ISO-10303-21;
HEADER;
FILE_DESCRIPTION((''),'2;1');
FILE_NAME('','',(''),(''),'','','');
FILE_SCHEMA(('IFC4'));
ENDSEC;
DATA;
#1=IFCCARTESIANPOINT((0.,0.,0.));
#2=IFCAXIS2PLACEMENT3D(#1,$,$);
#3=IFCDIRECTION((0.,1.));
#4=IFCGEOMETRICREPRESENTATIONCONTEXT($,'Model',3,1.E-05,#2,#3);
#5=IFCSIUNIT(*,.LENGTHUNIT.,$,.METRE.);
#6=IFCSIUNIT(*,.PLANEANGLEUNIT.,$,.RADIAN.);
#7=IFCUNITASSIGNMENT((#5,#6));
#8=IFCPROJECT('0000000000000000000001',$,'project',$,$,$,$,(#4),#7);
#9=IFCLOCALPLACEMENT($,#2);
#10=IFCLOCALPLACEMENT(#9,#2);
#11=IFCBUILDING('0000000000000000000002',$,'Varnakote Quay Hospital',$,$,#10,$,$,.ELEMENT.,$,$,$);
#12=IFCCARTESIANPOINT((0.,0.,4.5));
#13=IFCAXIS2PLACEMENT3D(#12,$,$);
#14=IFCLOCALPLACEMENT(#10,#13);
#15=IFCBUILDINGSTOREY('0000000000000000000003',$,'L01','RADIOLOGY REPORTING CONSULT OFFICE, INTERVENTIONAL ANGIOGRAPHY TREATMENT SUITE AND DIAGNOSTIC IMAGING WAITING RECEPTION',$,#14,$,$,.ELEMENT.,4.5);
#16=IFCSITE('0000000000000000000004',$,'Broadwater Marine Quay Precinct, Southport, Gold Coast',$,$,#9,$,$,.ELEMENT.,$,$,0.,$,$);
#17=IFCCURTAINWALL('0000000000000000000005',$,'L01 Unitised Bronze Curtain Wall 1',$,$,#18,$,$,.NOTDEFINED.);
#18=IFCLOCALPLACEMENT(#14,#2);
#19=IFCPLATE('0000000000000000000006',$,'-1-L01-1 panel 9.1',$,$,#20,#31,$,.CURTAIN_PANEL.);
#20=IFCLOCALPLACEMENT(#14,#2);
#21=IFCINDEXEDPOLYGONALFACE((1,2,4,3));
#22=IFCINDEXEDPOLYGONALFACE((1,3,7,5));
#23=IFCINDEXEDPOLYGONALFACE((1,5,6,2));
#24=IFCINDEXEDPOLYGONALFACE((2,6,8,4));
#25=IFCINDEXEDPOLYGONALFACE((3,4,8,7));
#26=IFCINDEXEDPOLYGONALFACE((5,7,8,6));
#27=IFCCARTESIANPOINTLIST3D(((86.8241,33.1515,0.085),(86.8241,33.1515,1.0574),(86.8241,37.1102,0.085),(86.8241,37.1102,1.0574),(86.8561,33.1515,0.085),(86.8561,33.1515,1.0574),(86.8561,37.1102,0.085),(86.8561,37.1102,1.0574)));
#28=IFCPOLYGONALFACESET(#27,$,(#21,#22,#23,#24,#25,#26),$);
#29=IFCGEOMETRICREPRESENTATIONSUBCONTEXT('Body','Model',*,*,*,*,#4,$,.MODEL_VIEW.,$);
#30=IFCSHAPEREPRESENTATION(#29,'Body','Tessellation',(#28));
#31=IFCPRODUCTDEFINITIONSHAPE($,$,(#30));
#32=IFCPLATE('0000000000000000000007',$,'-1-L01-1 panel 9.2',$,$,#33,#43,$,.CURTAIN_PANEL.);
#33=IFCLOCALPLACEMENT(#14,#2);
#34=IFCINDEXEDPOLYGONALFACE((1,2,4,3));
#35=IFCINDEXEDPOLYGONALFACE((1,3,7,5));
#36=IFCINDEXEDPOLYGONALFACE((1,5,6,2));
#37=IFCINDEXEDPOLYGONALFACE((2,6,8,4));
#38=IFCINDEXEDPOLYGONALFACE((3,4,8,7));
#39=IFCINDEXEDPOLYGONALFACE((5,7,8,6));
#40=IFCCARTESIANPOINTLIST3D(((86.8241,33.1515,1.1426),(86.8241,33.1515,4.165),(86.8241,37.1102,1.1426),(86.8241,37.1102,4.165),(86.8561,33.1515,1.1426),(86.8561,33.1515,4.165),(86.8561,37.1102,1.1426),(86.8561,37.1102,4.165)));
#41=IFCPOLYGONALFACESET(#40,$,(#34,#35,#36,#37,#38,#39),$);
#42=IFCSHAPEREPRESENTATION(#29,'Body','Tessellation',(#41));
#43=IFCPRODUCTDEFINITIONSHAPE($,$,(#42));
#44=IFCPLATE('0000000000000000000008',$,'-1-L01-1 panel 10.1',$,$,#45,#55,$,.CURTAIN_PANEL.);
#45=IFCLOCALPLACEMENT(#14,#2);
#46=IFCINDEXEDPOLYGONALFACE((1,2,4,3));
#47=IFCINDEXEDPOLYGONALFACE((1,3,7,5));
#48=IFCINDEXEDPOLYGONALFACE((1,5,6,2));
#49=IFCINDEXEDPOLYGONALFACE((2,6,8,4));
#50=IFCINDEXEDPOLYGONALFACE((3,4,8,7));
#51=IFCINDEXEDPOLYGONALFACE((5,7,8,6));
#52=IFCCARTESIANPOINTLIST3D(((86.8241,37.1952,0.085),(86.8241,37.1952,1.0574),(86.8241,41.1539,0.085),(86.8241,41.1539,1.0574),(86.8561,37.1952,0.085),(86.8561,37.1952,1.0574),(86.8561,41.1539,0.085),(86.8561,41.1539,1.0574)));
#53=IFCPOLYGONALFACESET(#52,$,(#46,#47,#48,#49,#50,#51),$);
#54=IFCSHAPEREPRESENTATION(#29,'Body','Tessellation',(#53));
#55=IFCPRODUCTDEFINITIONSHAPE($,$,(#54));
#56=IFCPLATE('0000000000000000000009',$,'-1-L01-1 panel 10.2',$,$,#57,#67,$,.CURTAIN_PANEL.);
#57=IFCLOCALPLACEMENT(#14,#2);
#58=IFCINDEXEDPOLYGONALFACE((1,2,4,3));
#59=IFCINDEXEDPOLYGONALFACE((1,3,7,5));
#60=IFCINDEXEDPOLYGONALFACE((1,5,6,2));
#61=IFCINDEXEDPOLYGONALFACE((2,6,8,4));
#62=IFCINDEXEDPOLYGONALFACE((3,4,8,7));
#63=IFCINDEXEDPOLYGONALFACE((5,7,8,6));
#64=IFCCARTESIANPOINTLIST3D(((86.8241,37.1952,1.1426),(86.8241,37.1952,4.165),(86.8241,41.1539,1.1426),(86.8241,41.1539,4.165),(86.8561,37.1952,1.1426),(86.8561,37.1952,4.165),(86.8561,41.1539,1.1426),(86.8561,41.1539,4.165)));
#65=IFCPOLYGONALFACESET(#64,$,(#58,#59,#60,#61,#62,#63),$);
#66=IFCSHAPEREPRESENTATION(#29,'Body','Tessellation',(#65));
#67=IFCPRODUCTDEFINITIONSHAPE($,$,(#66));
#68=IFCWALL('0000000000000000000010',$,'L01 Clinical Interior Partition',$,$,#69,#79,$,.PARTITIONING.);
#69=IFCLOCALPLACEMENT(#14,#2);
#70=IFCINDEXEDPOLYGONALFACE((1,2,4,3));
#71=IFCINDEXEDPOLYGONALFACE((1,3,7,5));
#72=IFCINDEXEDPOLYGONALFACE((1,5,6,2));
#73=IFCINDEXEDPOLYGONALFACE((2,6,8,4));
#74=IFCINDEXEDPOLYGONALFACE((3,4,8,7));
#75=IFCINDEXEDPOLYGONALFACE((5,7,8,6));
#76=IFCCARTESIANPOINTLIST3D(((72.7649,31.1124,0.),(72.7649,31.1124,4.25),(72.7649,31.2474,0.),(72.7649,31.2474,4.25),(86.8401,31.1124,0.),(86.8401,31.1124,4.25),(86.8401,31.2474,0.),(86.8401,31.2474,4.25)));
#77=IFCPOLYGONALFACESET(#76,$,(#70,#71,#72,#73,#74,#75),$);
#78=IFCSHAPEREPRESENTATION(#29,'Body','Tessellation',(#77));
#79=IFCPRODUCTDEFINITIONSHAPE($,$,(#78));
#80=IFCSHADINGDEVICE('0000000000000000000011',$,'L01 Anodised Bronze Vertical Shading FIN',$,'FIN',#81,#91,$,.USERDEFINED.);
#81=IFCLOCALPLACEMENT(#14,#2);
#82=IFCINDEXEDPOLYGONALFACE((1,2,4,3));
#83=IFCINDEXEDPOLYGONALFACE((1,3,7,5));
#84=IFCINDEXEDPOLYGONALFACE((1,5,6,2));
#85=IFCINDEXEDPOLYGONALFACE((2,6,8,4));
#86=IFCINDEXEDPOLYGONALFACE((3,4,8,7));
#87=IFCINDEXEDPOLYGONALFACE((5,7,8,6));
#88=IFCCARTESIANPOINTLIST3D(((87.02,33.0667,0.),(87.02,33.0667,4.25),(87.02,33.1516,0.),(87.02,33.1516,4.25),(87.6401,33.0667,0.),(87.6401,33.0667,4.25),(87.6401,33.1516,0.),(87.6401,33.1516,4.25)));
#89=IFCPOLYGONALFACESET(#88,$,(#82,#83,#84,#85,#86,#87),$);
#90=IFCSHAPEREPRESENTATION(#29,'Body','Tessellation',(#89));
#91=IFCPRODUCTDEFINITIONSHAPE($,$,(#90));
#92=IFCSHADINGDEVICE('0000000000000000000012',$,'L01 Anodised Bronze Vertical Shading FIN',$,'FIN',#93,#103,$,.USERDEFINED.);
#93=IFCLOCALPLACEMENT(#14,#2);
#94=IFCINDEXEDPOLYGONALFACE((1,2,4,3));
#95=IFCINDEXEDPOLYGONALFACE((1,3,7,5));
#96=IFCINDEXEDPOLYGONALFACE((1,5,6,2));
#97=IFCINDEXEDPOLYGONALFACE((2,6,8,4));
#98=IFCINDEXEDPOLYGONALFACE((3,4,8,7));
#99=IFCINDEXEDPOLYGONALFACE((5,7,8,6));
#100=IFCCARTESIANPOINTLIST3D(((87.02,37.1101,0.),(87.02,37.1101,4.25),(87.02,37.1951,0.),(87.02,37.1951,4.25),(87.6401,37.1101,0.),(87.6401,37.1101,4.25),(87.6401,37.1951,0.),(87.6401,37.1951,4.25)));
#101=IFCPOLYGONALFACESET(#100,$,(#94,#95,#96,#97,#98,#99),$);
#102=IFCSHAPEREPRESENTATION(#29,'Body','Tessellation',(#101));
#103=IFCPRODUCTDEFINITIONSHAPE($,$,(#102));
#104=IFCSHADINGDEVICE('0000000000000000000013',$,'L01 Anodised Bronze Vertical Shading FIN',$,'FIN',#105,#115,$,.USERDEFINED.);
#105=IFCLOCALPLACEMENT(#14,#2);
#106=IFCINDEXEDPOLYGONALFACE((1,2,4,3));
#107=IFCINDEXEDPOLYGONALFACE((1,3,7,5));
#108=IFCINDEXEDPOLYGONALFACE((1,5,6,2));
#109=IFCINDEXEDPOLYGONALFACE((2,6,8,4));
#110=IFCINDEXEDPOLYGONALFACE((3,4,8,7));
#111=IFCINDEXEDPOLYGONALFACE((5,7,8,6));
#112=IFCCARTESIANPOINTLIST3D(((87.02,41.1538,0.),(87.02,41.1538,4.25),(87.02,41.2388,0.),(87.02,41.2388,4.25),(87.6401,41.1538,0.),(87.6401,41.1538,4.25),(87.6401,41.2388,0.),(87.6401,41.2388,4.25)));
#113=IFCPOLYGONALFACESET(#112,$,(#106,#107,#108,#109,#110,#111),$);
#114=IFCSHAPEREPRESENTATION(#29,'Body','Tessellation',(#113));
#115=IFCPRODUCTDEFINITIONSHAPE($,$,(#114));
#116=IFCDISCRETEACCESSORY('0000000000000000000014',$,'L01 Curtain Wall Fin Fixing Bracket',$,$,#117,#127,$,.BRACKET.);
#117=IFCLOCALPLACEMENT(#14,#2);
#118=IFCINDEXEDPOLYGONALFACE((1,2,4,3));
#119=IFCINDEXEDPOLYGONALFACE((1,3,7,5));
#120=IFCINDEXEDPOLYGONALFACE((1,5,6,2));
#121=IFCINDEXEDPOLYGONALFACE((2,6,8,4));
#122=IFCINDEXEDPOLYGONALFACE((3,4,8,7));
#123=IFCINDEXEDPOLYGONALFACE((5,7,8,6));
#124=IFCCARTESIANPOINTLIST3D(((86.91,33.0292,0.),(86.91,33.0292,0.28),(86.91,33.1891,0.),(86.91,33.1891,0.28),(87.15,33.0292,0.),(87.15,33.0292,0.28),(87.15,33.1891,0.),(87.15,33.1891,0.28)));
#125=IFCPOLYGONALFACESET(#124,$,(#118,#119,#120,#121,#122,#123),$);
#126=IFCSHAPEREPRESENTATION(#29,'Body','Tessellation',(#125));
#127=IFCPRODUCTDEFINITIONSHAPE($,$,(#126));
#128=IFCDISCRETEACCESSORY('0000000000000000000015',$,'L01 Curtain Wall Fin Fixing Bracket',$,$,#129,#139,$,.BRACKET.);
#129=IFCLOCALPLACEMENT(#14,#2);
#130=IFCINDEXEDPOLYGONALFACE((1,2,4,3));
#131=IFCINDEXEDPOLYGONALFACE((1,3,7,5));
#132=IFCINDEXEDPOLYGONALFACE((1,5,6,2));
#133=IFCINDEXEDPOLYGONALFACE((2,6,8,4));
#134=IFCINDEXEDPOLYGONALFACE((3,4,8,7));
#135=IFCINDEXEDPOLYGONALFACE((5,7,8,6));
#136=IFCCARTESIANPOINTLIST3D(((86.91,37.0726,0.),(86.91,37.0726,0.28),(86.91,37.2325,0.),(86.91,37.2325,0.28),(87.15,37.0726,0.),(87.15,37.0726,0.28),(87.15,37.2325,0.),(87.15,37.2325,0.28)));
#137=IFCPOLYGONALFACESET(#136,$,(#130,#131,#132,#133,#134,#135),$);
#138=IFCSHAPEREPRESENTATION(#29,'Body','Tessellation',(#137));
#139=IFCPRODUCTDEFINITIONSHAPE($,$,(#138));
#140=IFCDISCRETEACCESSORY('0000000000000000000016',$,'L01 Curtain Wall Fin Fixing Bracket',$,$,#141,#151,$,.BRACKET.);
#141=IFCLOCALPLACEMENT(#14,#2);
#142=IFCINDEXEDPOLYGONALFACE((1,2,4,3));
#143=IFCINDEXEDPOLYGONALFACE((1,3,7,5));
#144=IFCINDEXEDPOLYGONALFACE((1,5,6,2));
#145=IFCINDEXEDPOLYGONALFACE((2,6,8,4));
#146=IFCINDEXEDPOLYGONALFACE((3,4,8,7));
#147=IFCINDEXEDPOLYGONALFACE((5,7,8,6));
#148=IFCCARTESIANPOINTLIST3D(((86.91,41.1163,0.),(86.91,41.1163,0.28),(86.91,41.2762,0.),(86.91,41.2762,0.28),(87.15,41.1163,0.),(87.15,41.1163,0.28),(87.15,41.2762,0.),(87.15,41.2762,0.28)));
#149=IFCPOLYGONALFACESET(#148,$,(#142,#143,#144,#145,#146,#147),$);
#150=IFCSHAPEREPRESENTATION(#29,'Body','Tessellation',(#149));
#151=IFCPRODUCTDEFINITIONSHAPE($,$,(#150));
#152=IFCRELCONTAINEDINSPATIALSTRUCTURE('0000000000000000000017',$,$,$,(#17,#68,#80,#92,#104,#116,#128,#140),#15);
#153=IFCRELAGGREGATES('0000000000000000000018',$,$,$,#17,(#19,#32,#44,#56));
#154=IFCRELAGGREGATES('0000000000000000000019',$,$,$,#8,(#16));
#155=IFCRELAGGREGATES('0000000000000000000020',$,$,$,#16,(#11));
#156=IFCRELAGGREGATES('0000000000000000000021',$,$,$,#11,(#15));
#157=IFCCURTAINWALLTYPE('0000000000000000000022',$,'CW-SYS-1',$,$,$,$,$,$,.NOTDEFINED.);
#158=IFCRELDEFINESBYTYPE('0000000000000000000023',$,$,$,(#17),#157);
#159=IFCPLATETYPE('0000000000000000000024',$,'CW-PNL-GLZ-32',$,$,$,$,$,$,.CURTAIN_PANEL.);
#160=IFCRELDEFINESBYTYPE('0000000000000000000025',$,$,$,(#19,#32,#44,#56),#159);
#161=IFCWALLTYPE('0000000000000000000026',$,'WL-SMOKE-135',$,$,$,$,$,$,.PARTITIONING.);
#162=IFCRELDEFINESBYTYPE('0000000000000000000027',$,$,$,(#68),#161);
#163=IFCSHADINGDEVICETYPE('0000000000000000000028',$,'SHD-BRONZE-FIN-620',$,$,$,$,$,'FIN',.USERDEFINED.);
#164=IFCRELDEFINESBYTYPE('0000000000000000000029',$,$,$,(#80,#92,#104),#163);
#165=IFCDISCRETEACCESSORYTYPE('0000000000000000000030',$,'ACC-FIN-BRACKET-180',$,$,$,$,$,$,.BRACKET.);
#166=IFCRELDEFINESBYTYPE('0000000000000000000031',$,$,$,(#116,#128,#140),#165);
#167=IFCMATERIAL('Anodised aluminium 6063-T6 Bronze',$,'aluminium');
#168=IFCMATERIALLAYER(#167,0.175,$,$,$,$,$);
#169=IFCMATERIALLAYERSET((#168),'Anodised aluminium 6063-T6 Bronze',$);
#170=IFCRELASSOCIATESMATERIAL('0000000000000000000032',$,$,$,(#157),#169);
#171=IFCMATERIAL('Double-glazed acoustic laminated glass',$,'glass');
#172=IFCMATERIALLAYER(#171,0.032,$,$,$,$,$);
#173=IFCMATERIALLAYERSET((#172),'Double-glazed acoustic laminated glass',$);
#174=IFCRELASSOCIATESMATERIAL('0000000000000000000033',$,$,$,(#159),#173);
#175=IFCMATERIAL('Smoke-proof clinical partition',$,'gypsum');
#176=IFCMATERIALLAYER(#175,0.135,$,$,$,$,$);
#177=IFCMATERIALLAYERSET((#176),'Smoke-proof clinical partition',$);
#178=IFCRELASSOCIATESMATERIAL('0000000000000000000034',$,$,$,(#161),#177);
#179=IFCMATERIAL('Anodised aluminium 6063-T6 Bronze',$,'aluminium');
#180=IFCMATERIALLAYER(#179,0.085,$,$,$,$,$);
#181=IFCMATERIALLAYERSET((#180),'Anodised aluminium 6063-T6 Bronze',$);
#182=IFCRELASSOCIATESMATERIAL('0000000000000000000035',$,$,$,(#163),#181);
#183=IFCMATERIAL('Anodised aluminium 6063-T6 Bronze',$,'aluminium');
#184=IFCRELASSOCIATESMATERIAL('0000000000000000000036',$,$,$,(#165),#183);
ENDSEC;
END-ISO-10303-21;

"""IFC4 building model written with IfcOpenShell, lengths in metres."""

from ifc_helpers import new_model, si_unit, direction, frame, frame_2d, origin, origin_2d, place, context, subcontext, project, spatial, rectangle, extrude, material, layer, layer_set, type_object, element, aggregate, save


model = new_model("IFC4")

# Units and contexts
model_context = context("Model", 3, precision=1e-05, world=origin(), true_north=direction((0.0, 1.0)))
body_context = subcontext(model_context, "Body", "Model", "MODEL_VIEW")
ifc_project = project(units=[si_unit("LENGTHUNIT", "METRE"), si_unit("PLANEANGLEUNIT", "RADIAN")], contexts=[model_context])

# Site, building, storey
site_placement = place(None, origin())
site = spatial("IfcSite", under=ifc_project, at=site_placement, Name="Broadwater Marine Quay Precinct, Southport, Gold Coast", CompositionType="ELEMENT", RefElevation=0.0)
building_placement = place(site_placement, origin())
building = spatial("IfcBuilding", under=site, at=building_placement, Name="Varnakote Quay Hospital", CompositionType="ELEMENT")
storey_placement = place(building_placement, frame((0.0, 0.0, 4.5)))
storey = spatial("IfcBuildingStorey", under=building, at=storey_placement, Name="L01", Description="RADIOLOGY REPORTING CONSULT OFFICE, INTERVENTIONAL ANGIOGRAPHY TREATMENT SUITE AND DIAGNOSTIC IMAGING WAITING RECEPTION", CompositionType="ELEMENT", Elevation=4.5)

# Curtain wall
ifc_material_1 = material(Name="Anodised aluminium 6063-T6 Bronze", Category="aluminium")
ifc_layer_1 = layer(ifc_material_1, 0.175)
ifc_layer_set_1 = layer_set([ifc_layer_1], Name="Anodised aluminium 6063-T6 Bronze")
curtain_wall_type = type_object("IfcCurtainWallType", Name="CW-SYS-1", PredefinedType="NOTDEFINED", material=ifc_layer_set_1)
curtain_wall_placement = place(storey_placement, origin())
curtain_wall = element("IfcCurtainWall", 1, at=curtain_wall_placement, inside=storey, type_object=curtain_wall_type, Name="L01 Unitised Bronze Curtain Wall 1", PredefinedType="NOTDEFINED")

# Plates
ifc_material_2 = material(Name="Double-glazed acoustic laminated glass", Category="glass")
ifc_layer_2 = layer(ifc_material_2, 0.032)
ifc_layer_set_2 = layer_set([ifc_layer_2], Name="Double-glazed acoustic laminated glass")
plate_type = type_object("IfcPlateType", Name="CW-PNL-GLZ-32", PredefinedType="CURTAIN_PANEL", material=ifc_layer_set_2)
plate_1_placement = place(storey_placement, frame((86.8401, 35.1309, 0.085), z_axis=(0.0, 0.0, 1.0), x_axis=(0.0, 1.0, 0.0)))
plate_1 = element("IfcPlate", 2, at=plate_1_placement, type_object=plate_type, Name="-1-L01-1 panel 9.1", PredefinedType="CURTAIN_PANEL", context=body_context, shape_type="SweptSolid", body=[
    extrude(rectangle(XDim=3.9587, YDim=0.032, at=origin_2d()), origin(), (0.0, 0.0, 1.0), 0.9724),
])
plate_2_placement = place(storey_placement, frame((86.8401, 35.1309, 1.1426), z_axis=(0.0, 0.0, 1.0), x_axis=(0.0, 1.0, 0.0)))
plate_2 = element("IfcPlate", 3, at=plate_2_placement, type_object=plate_type, Name="-1-L01-1 panel 9.2", PredefinedType="CURTAIN_PANEL", context=body_context, shape_type="SweptSolid", body=[
    extrude(rectangle(XDim=3.9587, YDim=0.032, at=origin_2d()), origin(), (0.0, 0.0, 1.0), 3.0225),
])
plate_3_placement = place(storey_placement, frame((86.8401, 39.1746, 0.085), z_axis=(0.0, 0.0, 1.0), x_axis=(0.0, 1.0, 0.0)))
plate_3 = element("IfcPlate", 4, at=plate_3_placement, type_object=plate_type, Name="-1-L01-1 panel 10.1", PredefinedType="CURTAIN_PANEL", context=body_context, shape_type="SweptSolid", body=[
    extrude(rectangle(XDim=3.9587, YDim=0.032, at=origin_2d()), origin(), (0.0, 0.0, 1.0), 0.9724),
])
plate_4_placement = place(storey_placement, frame((86.8401, 39.1746, 1.1426), z_axis=(0.0, 0.0, 1.0), x_axis=(0.0, 1.0, 0.0)))
plate_4 = element("IfcPlate", 5, at=plate_4_placement, type_object=plate_type, Name="-1-L01-1 panel 10.2", PredefinedType="CURTAIN_PANEL", context=body_context, shape_type="SweptSolid", body=[
    extrude(rectangle(XDim=3.9587, YDim=0.032, at=origin_2d()), origin(), (0.0, 0.0, 1.0), 3.0225),
])
aggregate(curtain_wall, [plate_1, plate_2, plate_3, plate_4])

# Wall
ifc_material_3 = material(Name="Smoke-proof clinical partition", Category="gypsum")
ifc_layer_3 = layer(ifc_material_3, 0.135)
ifc_layer_set_3 = layer_set([ifc_layer_3], Name="Smoke-proof clinical partition")
wall_type = type_object("IfcWallType", Name="WL-SMOKE-135", PredefinedType="PARTITIONING", material=ifc_layer_set_3)
wall_placement = place(storey_placement, frame((86.8401, 31.1799, 0.0), z_axis=(0.0, 0.0, 1.0), x_axis=(-1.0, 0.0, 0.0)))
element("IfcWall", 6, at=wall_placement, inside=storey, type_object=wall_type, Name="L01 Clinical Interior Partition", PredefinedType="PARTITIONING", context=body_context, shape_type="SweptSolid", body=[
    extrude(rectangle(XDim=14.0752, YDim=0.135, at=frame_2d((7.0376, 0.0))), origin(), (0.0, 0.0, 1.0), 4.25),
])

# Shading devices
ifc_material_4 = material(Name="Anodised aluminium 6063-T6 Bronze", Category="aluminium")
ifc_layer_4 = layer(ifc_material_4, 0.085)
ifc_layer_set_4 = layer_set([ifc_layer_4], Name="Anodised aluminium 6063-T6 Bronze")
shading_device_type = type_object("IfcShadingDeviceType", Name="SHD-BRONZE-FIN-620", ElementType="FIN", PredefinedType="USERDEFINED", material=ifc_layer_set_4)
for number, where, z_axis, x_axis, name in (
    (7, (87.3301, 33.1091, 0.0), (0.0, 0.0, 1.0), (-1.0, 0.0, 0.0), "L01 Anodised Bronze Vertical Shading FIN"),
    (8, (87.3301, 37.1526, 0.0), (0.0, 0.0, 1.0), (-1.0, 0.0, 0.0), "L01 Anodised Bronze Vertical Shading FIN"),
    (9, (87.3301, 41.1963, 0.0), (0.0, 0.0, 1.0), (-1.0, 0.0, 0.0), "L01 Anodised Bronze Vertical Shading FIN"),
):
    element("IfcShadingDevice", number, at=place(storey_placement, frame(where, z_axis=z_axis, x_axis=x_axis)), inside=storey, type_object=shading_device_type, Name=name, ObjectType="FIN", PredefinedType="USERDEFINED", context=body_context, shape_type="SweptSolid", body=[
        extrude(rectangle(XDim=0.6201, YDim=0.085, at=origin_2d()), origin(), (0.0, 0.0, 1.0), 4.25),
    ])

# Discrete accessories
ifc_material_5 = material(Name="Anodised aluminium 6063-T6 Bronze", Category="aluminium")
discrete_accessory_type = type_object("IfcDiscreteAccessoryType", Name="ACC-FIN-BRACKET-180", PredefinedType="BRACKET", material=ifc_material_5)
for number, where, z_axis, x_axis, name in (
    (10, (87.03, 33.1091, 0.0), (0.0, 0.0, 1.0), (0.0, 1.0, 0.0), "L01 Curtain Wall Fin Fixing Bracket"),
    (11, (87.03, 37.1526, 0.0), (0.0, 0.0, 1.0), (0.0, 1.0, 0.0), "L01 Curtain Wall Fin Fixing Bracket"),
    (12, (87.03, 41.1963, 0.0), (0.0, 0.0, 1.0), (0.0, 1.0, 0.0), "L01 Curtain Wall Fin Fixing Bracket"),
):
    element("IfcDiscreteAccessory", number, at=place(storey_placement, frame(where, z_axis=z_axis, x_axis=x_axis)), inside=storey, type_object=discrete_accessory_type, Name=name, PredefinedType="BRACKET", context=body_context, shape_type="SweptSolid", body=[
        extrude(rectangle(XDim=0.1599, YDim=0.24, at=origin_2d()), origin(), (0.0, 0.0, 1.0), 0.28),
    ])

save(model, "model.ifc")
